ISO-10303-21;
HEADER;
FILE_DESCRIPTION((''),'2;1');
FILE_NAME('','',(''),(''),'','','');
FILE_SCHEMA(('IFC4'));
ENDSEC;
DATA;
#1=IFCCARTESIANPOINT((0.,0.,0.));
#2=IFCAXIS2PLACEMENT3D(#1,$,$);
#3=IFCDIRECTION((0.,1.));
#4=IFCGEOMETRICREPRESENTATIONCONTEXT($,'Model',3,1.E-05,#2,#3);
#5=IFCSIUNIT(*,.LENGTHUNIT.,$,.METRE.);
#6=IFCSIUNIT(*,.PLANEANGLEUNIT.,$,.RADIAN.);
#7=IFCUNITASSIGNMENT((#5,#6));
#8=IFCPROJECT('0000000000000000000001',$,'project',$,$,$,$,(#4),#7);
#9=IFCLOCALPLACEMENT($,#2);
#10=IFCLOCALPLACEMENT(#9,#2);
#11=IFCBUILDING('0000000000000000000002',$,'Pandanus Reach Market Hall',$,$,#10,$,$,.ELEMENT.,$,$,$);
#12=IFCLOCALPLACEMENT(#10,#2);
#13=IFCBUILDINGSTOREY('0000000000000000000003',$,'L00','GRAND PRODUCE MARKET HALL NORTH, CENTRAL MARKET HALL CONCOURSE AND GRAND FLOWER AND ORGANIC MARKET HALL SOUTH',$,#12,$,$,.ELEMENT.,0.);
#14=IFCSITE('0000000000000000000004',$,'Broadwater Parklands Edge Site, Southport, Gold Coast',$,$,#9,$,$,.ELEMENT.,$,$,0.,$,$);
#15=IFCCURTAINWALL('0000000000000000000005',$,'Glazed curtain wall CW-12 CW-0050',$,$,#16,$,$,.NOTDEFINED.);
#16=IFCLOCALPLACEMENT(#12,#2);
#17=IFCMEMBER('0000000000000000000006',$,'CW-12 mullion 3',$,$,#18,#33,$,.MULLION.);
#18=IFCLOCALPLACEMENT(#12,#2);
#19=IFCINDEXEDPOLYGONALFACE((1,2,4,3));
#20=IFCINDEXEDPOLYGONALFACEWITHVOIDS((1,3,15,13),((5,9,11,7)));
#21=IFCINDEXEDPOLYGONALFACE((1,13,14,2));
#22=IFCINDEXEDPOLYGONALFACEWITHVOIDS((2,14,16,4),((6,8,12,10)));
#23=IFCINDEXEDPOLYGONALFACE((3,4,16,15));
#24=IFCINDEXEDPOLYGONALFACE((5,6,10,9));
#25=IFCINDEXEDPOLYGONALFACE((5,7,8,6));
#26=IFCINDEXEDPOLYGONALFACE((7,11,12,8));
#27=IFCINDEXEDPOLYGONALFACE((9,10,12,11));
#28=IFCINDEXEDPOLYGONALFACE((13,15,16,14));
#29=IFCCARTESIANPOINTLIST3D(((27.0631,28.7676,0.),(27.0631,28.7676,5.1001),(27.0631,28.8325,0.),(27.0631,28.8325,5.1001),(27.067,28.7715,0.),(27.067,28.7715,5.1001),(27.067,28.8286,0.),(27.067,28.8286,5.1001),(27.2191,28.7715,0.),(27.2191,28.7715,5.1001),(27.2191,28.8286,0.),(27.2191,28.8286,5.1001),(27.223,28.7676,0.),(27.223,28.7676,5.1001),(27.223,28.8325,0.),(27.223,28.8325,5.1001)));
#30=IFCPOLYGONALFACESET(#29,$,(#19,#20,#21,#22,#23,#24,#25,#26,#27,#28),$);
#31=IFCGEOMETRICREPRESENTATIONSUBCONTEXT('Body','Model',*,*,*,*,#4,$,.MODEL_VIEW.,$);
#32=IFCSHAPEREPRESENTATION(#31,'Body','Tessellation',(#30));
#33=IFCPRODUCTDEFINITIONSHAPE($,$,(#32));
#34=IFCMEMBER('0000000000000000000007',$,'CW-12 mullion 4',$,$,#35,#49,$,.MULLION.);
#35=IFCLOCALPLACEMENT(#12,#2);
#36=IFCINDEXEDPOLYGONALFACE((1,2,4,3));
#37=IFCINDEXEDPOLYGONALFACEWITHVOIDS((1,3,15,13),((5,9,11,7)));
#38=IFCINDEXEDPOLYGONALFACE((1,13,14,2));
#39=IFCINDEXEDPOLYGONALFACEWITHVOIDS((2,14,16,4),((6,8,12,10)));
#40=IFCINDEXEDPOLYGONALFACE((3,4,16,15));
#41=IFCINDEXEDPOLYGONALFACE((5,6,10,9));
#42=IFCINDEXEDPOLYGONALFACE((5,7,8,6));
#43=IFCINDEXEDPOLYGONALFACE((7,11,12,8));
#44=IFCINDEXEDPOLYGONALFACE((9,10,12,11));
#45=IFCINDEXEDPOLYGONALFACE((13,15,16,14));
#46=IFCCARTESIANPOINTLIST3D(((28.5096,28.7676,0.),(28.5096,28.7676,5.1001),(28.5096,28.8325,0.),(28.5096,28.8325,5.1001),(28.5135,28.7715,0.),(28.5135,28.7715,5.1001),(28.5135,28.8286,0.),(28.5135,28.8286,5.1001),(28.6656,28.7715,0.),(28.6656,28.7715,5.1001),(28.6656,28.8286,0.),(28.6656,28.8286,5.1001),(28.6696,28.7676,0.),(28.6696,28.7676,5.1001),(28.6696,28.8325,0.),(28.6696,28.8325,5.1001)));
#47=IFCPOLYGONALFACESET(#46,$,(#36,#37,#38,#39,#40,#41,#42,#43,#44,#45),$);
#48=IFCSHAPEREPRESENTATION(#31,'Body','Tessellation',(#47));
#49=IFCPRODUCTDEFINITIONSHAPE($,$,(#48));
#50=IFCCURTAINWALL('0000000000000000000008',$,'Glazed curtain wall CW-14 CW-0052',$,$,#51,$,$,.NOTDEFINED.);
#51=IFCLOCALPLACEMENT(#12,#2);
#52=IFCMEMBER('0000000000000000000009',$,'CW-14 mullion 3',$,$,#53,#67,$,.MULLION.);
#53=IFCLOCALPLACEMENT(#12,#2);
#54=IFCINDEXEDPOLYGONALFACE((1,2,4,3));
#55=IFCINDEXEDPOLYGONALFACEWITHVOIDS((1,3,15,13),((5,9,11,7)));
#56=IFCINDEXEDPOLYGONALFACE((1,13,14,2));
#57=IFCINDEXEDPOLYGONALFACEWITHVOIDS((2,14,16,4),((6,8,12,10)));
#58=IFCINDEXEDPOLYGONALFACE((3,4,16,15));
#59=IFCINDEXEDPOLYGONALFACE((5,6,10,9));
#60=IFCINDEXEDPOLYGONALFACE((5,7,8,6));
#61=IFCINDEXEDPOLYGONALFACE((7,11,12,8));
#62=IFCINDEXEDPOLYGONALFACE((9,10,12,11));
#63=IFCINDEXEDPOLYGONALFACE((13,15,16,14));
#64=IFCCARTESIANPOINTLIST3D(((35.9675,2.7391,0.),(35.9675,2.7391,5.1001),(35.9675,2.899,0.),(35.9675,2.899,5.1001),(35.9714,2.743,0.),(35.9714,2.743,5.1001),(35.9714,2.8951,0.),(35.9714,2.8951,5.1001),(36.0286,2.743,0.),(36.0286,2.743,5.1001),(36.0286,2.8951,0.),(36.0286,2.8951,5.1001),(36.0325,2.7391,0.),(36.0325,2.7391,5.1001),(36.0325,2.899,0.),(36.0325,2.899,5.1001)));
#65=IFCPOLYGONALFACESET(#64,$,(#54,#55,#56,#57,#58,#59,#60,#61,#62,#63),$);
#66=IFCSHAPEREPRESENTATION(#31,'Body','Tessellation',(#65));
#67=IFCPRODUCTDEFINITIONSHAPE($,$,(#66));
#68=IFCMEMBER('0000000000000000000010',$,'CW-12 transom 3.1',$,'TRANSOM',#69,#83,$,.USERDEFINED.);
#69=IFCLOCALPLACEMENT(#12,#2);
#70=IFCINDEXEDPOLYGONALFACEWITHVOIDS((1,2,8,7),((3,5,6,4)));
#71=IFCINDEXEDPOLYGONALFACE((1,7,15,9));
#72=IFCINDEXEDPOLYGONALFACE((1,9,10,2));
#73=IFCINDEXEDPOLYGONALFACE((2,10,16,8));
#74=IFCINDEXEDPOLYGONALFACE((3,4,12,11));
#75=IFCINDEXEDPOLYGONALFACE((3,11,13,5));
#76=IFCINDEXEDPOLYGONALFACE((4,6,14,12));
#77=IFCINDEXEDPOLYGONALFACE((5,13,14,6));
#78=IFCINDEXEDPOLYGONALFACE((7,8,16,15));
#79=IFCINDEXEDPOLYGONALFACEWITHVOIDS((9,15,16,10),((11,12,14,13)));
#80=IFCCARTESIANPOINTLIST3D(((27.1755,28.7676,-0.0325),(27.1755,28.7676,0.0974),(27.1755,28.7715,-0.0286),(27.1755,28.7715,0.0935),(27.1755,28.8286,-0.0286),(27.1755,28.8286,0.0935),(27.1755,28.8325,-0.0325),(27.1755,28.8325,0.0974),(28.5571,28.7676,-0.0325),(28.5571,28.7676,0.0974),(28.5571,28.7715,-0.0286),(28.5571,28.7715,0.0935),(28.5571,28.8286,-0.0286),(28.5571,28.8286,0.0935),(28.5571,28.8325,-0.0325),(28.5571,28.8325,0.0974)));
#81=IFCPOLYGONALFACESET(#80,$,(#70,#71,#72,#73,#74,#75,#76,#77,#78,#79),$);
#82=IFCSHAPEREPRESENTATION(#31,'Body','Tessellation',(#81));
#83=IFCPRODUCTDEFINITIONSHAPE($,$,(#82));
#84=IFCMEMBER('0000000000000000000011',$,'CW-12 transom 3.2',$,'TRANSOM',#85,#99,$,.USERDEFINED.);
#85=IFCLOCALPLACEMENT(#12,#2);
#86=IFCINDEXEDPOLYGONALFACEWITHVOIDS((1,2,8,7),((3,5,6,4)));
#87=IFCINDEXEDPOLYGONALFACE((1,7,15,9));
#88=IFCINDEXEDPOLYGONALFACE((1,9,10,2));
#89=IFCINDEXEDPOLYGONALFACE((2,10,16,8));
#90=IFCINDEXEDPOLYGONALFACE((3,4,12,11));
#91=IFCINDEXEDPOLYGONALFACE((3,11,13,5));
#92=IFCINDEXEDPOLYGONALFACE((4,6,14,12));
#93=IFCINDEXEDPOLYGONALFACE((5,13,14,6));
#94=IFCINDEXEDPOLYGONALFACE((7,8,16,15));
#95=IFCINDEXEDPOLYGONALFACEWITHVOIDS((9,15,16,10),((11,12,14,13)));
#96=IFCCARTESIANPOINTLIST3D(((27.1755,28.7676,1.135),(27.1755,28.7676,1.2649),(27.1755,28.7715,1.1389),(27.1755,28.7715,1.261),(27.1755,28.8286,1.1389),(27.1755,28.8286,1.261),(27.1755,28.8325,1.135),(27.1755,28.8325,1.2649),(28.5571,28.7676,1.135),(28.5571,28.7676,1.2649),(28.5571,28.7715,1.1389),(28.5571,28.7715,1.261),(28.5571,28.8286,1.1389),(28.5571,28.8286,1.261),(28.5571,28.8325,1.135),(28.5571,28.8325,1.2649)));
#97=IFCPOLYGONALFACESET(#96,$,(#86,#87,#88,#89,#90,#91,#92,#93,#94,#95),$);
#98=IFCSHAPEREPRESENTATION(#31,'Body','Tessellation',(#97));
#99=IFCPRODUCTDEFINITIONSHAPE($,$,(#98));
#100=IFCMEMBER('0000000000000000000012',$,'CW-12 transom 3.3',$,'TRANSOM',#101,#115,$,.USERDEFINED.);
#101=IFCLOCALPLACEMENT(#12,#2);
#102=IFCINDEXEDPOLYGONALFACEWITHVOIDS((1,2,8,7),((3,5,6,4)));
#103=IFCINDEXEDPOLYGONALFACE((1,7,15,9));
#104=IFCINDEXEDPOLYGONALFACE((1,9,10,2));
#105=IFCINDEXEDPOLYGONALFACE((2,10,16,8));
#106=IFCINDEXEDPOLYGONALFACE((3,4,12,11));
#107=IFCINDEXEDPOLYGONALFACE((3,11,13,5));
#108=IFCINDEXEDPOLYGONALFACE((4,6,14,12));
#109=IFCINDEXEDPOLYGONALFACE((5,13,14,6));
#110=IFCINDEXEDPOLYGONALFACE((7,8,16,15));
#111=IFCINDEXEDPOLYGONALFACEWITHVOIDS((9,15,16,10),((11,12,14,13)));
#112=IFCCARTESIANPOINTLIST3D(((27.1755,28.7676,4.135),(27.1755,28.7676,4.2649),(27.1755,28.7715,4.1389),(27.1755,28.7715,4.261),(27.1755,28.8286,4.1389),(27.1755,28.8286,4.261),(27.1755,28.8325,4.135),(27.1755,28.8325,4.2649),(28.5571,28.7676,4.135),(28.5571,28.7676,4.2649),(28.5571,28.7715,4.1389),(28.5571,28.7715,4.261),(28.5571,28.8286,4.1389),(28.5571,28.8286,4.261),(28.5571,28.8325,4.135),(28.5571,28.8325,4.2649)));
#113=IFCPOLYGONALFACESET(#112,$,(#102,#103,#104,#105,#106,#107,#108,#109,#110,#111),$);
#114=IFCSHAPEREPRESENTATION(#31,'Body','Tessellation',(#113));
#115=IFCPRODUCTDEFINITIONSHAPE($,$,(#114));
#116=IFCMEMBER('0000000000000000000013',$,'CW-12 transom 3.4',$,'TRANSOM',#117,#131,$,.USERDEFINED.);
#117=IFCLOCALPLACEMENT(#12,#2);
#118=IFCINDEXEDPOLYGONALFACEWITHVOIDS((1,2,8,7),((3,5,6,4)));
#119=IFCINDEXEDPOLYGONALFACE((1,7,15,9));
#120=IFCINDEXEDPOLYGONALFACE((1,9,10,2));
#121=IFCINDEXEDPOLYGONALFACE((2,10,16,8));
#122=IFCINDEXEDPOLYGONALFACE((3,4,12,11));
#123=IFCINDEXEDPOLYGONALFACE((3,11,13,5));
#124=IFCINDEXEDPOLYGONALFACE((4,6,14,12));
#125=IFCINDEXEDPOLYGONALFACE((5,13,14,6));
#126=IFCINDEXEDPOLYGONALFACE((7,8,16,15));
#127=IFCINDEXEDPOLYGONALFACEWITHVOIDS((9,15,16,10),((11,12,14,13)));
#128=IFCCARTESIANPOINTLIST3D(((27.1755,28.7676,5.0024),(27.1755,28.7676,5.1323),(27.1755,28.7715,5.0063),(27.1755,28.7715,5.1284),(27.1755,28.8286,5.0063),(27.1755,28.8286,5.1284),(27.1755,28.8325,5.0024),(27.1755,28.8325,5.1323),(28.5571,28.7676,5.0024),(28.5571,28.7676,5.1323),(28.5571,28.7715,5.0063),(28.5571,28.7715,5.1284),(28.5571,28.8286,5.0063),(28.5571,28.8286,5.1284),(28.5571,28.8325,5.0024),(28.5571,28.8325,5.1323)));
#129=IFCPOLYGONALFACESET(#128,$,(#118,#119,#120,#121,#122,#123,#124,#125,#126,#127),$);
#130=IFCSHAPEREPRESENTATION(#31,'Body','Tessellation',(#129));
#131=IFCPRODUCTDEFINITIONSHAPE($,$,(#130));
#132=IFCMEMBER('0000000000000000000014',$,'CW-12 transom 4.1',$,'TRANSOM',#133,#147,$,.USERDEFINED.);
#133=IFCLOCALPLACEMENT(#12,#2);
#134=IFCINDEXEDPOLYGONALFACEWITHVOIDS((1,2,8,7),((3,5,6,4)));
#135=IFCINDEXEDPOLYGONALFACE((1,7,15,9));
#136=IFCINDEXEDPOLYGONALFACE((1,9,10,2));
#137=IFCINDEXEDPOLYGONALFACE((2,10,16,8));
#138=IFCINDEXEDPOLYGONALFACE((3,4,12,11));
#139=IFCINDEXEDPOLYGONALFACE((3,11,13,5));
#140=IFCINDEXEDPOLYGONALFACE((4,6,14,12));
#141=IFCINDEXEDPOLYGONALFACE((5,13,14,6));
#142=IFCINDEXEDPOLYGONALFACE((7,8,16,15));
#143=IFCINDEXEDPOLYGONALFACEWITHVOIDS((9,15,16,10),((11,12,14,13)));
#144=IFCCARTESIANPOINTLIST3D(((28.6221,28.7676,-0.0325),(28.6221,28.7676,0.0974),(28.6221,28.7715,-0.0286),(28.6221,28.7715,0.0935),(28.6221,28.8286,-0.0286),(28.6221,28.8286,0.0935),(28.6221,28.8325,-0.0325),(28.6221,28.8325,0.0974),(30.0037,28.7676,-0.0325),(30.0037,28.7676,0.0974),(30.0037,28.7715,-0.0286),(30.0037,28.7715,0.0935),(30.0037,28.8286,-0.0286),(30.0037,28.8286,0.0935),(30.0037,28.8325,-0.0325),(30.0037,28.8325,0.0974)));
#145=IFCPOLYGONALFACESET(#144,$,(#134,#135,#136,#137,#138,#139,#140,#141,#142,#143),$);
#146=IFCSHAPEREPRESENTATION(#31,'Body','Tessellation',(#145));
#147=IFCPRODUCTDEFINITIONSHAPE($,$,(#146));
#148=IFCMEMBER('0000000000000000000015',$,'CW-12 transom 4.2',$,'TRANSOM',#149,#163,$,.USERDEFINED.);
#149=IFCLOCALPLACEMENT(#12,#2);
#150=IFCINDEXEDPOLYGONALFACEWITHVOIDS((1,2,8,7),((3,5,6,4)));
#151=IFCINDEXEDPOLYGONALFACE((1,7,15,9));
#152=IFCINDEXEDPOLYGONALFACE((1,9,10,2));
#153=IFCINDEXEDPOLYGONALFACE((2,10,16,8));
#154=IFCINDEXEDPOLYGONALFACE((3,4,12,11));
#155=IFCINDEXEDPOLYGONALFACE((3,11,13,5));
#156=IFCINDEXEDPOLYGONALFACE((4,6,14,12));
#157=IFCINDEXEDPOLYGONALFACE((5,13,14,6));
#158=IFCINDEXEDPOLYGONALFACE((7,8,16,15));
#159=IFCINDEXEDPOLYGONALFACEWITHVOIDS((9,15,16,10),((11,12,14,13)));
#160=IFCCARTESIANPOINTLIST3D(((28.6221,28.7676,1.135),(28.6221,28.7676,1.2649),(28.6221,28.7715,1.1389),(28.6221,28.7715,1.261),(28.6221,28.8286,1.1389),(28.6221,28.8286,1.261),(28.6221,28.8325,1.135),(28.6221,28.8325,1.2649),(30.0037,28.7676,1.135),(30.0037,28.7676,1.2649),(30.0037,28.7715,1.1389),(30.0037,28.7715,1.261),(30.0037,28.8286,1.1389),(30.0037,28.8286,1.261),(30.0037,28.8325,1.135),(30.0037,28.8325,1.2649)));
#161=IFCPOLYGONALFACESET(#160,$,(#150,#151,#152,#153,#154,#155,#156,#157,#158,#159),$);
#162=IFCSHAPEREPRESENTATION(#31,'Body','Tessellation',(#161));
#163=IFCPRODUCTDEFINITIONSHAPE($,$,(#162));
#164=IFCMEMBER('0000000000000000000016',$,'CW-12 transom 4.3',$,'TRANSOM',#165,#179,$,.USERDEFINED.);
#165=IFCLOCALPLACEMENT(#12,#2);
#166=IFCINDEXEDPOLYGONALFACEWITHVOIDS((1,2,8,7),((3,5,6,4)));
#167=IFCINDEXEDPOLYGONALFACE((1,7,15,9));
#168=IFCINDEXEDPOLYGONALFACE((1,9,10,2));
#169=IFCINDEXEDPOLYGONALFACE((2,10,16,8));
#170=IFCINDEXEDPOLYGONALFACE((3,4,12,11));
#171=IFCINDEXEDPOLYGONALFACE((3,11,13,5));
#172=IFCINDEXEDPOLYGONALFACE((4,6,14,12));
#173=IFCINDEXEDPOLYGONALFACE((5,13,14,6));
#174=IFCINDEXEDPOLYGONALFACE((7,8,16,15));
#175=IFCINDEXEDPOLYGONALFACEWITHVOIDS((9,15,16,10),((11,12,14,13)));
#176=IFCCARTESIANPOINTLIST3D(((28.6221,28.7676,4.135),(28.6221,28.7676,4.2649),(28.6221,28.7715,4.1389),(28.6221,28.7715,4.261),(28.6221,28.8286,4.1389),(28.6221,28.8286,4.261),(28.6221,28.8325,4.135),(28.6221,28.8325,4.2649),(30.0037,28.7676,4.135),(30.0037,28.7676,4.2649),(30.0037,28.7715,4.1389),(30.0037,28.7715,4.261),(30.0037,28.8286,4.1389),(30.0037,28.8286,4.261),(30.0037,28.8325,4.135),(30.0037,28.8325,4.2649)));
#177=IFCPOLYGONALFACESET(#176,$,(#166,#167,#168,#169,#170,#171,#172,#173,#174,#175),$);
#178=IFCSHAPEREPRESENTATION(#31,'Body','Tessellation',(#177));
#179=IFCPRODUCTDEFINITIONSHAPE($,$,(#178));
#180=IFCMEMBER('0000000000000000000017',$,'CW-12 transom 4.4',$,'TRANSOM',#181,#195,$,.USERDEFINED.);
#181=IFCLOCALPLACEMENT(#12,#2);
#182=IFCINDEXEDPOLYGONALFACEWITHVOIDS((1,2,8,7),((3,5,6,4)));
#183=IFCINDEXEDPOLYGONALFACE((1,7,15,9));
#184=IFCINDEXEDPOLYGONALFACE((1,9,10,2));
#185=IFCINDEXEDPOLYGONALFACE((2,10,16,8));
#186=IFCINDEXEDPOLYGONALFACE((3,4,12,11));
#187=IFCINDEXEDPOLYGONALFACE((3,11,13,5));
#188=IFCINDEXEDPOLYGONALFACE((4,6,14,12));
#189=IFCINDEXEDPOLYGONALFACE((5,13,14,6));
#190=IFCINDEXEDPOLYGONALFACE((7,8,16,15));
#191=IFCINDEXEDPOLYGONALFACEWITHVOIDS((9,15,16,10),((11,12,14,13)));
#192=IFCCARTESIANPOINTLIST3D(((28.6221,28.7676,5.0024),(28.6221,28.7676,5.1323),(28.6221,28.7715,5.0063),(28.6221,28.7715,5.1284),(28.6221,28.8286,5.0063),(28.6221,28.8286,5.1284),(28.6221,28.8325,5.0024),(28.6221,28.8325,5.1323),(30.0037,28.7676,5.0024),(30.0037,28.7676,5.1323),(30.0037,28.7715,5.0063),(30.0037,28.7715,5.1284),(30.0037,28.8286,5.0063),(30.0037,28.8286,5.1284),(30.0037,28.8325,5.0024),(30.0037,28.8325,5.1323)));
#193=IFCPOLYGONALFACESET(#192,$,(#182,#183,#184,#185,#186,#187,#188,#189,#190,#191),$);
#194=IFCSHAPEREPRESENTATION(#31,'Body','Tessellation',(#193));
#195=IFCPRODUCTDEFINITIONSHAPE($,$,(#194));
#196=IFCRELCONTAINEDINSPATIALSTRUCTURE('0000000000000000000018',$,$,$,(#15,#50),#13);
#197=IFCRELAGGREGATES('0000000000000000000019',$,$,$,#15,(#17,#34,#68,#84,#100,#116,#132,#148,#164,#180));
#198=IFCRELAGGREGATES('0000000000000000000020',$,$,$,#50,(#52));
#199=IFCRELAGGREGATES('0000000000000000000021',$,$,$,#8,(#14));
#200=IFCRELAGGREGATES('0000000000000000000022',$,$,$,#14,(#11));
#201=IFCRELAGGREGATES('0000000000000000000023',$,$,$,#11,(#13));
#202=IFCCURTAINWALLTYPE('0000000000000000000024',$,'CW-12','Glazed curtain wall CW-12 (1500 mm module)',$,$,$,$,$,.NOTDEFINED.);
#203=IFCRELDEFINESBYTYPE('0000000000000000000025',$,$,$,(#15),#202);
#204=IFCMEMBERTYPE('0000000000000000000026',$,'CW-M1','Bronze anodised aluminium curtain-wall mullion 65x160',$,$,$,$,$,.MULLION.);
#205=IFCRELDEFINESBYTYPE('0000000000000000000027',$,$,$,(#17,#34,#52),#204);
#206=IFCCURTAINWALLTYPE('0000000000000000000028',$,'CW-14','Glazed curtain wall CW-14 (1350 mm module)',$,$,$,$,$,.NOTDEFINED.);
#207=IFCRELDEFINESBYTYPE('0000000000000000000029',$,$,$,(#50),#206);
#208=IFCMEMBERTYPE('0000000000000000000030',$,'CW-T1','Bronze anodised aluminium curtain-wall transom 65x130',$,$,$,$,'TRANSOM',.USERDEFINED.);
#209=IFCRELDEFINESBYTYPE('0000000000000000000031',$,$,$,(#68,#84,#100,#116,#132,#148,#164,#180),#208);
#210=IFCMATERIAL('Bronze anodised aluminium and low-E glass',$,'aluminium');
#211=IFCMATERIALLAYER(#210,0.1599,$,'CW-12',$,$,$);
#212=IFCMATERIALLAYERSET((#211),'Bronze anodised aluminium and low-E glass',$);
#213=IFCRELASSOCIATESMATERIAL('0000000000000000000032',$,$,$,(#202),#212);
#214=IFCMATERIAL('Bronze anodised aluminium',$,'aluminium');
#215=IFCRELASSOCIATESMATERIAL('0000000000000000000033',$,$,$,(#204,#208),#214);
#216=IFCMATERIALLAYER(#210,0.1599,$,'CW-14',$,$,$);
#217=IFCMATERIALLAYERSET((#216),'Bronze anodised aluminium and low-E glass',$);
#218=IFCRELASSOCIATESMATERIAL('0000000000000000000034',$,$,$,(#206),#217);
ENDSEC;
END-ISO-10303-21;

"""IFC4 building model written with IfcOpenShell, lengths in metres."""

from ifc_helpers import new_model, si_unit, direction, frame, origin, origin_2d, place, context, subcontext, project, spatial, hollow_rectangle, extrude, material, layer, layer_set, material_profile, profile_set, type_object, element, aggregate, save


model = new_model("IFC4")

# Units and contexts
model_context = context("Model", 3, precision=1e-05, world=origin(), true_north=direction((0.0, 1.0)))
body_context = subcontext(model_context, "Body", "Model", "MODEL_VIEW")
ifc_project = project(units=[si_unit("LENGTHUNIT", "METRE"), si_unit("PLANEANGLEUNIT", "RADIAN")], contexts=[model_context])

# Site, building, storey
site_placement = place(None, origin())
site = spatial("IfcSite", under=ifc_project, at=site_placement, Name="Broadwater Parklands Edge Site, Southport, Gold Coast", CompositionType="ELEMENT", RefElevation=0.0)
building_placement = place(site_placement, origin())
building = spatial("IfcBuilding", under=site, at=building_placement, Name="Pandanus Reach Market Hall", CompositionType="ELEMENT")
storey_placement = place(building_placement, origin())
storey = spatial("IfcBuildingStorey", under=building, at=storey_placement, Name="L00", Description="GRAND PRODUCE MARKET HALL NORTH, CENTRAL MARKET HALL CONCOURSE AND GRAND FLOWER AND ORGANIC MARKET HALL SOUTH", CompositionType="ELEMENT", Elevation=0.0)

# Curtain wall, members
ifc_material_1 = material(Name="Bronze anodised aluminium and low-E glass", Category="aluminium")
ifc_layer_1 = layer(ifc_material_1, 0.1599, Name="CW-12")
ifc_layer_set_1 = layer_set([ifc_layer_1], Name="Bronze anodised aluminium and low-E glass")
curtain_wall_type_1 = type_object("IfcCurtainWallType", Name="CW-12", Description="Glazed curtain wall CW-12 (1500 mm module)", PredefinedType="NOTDEFINED", material=ifc_layer_set_1)
curtain_wall_1_placement = place(storey_placement, origin())
curtain_wall_1 = element("IfcCurtainWall", 1, at=curtain_wall_1_placement, inside=storey, type_object=curtain_wall_type_1, Name="Glazed curtain wall CW-12 CW-0050", PredefinedType="NOTDEFINED")
ifc_material_2 = material(Name="Bronze anodised aluminium", Category="aluminium")
ifc_material_profile_1 = material_profile(ifc_material_2, hollow_rectangle(XDim=0.0649, YDim=0.1599, WallThickness=0.0039, at=origin_2d()), Name="ALU65x160", Category="LoadBearing")
ifc_profile_set_1 = profile_set([ifc_material_profile_1], Name="Bronze anodised aluminium")
member_type_1 = type_object("IfcMemberType", Name="CW-M1", Description="Bronze anodised aluminium curtain-wall mullion 65x160", PredefinedType="MULLION", material=ifc_profile_set_1)
member_1_placement = place(storey_placement, frame((27.1431, 28.8, 0.0), z_axis=(0.0, 0.0, 1.0), x_axis=(0.0, 1.0, 0.0)))
member_1 = element("IfcMember", 2, at=member_1_placement, type_object=member_type_1, Name="CW-12 mullion 3", PredefinedType="MULLION", context=body_context, shape_type="SweptSolid", body=[
    extrude(hollow_rectangle(XDim=0.0649, YDim=0.1599, WallThickness=0.0039, at=origin_2d()), origin(), (0.0, 0.0, 1.0), 5.1001),
])
member_2_placement = place(storey_placement, frame((28.5896, 28.8, 0.0), z_axis=(0.0, 0.0, 1.0), x_axis=(0.0, 1.0, 0.0)))
member_2 = element("IfcMember", 3, at=member_2_placement, type_object=member_type_1, Name="CW-12 mullion 4", PredefinedType="MULLION", context=body_context, shape_type="SweptSolid", body=[
    extrude(hollow_rectangle(XDim=0.0649, YDim=0.1599, WallThickness=0.0039, at=origin_2d()), origin(), (0.0, 0.0, 1.0), 5.1001),
])

# Curtain wall, member
ifc_layer_2 = layer(ifc_material_1, 0.1599, Name="CW-14")
ifc_layer_set_2 = layer_set([ifc_layer_2], Name="Bronze anodised aluminium and low-E glass")
curtain_wall_type_2 = type_object("IfcCurtainWallType", Name="CW-14", Description="Glazed curtain wall CW-14 (1350 mm module)", PredefinedType="NOTDEFINED", material=ifc_layer_set_2)
curtain_wall_2_placement = place(storey_placement, origin())
curtain_wall_2 = element("IfcCurtainWall", 4, at=curtain_wall_2_placement, inside=storey, type_object=curtain_wall_type_2, Name="Glazed curtain wall CW-14 CW-0052", PredefinedType="NOTDEFINED")
member_3_placement = place(storey_placement, frame((36.0, 2.8191, 0.0), z_axis=(0.0, 0.0, 1.0), x_axis=(-1.0, 0.0, 0.0)))
member_3 = element("IfcMember", 5, at=member_3_placement, type_object=member_type_1, Name="CW-14 mullion 3", PredefinedType="MULLION", context=body_context, shape_type="SweptSolid", body=[
    extrude(hollow_rectangle(XDim=0.0649, YDim=0.1599, WallThickness=0.0039, at=origin_2d()), origin(), (0.0, 0.0, 1.0), 5.1001),
])

# Members
ifc_material_profile_2 = material_profile(ifc_material_2, hollow_rectangle(XDim=0.0649, YDim=0.1299, WallThickness=0.0039, at=origin_2d()), Name="ALU65x130", Category="LoadBearing")
ifc_profile_set_2 = profile_set([ifc_material_profile_2], Name="Bronze anodised aluminium")
member_type_2 = type_object("IfcMemberType", Name="CW-T1", Description="Bronze anodised aluminium curtain-wall transom 65x130", ElementType="TRANSOM", PredefinedType="USERDEFINED", material=ifc_profile_set_2)
member_4_placement = place(storey_placement, frame((27.1755, 28.8, 0.0325), z_axis=(1.0, 0.0, 0.0), x_axis=(0.0, 1.0, 0.0)))
member_4 = element("IfcMember", 6, at=member_4_placement, type_object=member_type_2, Name="CW-12 transom 3.1", ObjectType="TRANSOM", PredefinedType="USERDEFINED", context=body_context, shape_type="SweptSolid", body=[
    extrude(hollow_rectangle(XDim=0.0649, YDim=0.1299, WallThickness=0.0039, at=origin_2d()), origin(), (0.0, 0.0, 1.0), 1.3816),
])
member_5_placement = place(storey_placement, frame((27.1755, 28.8, 1.2), z_axis=(1.0, 0.0, 0.0), x_axis=(0.0, 1.0, 0.0)))
member_5 = element("IfcMember", 7, at=member_5_placement, type_object=member_type_2, Name="CW-12 transom 3.2", ObjectType="TRANSOM", PredefinedType="USERDEFINED", context=body_context, shape_type="SweptSolid", body=[
    extrude(hollow_rectangle(XDim=0.0649, YDim=0.1299, WallThickness=0.0039, at=origin_2d()), origin(), (0.0, 0.0, 1.0), 1.3816),
])
member_6_placement = place(storey_placement, frame((27.1755, 28.8, 4.2), z_axis=(1.0, 0.0, 0.0), x_axis=(0.0, 1.0, 0.0)))
member_6 = element("IfcMember", 8, at=member_6_placement, type_object=member_type_2, Name="CW-12 transom 3.3", ObjectType="TRANSOM", PredefinedType="USERDEFINED", context=body_context, shape_type="SweptSolid", body=[
    extrude(hollow_rectangle(XDim=0.0649, YDim=0.1299, WallThickness=0.0039, at=origin_2d()), origin(), (0.0, 0.0, 1.0), 1.3816),
])
member_7_placement = place(storey_placement, frame((27.1755, 28.8, 5.0674), z_axis=(1.0, 0.0, 0.0), x_axis=(0.0, 1.0, 0.0)))
member_7 = element("IfcMember", 9, at=member_7_placement, type_object=member_type_2, Name="CW-12 transom 3.4", ObjectType="TRANSOM", PredefinedType="USERDEFINED", context=body_context, shape_type="SweptSolid", body=[
    extrude(hollow_rectangle(XDim=0.0649, YDim=0.1299, WallThickness=0.0039, at=origin_2d()), origin(), (0.0, 0.0, 1.0), 1.3816),
])
member_8_placement = place(storey_placement, frame((28.6221, 28.8, 0.0325), z_axis=(1.0, 0.0, 0.0), x_axis=(0.0, 1.0, 0.0)))
member_8 = element("IfcMember", 10, at=member_8_placement, type_object=member_type_2, Name="CW-12 transom 4.1", ObjectType="TRANSOM", PredefinedType="USERDEFINED", context=body_context, shape_type="SweptSolid", body=[
    extrude(hollow_rectangle(XDim=0.0649, YDim=0.1299, WallThickness=0.0039, at=origin_2d()), origin(), (0.0, 0.0, 1.0), 1.3816),
])
member_9_placement = place(storey_placement, frame((28.6221, 28.8, 1.2), z_axis=(1.0, 0.0, 0.0), x_axis=(0.0, 1.0, 0.0)))
member_9 = element("IfcMember", 11, at=member_9_placement, type_object=member_type_2, Name="CW-12 transom 4.2", ObjectType="TRANSOM", PredefinedType="USERDEFINED", context=body_context, shape_type="SweptSolid", body=[
    extrude(hollow_rectangle(XDim=0.0649, YDim=0.1299, WallThickness=0.0039, at=origin_2d()), origin(), (0.0, 0.0, 1.0), 1.3816),
])
member_10_placement = place(storey_placement, frame((28.6221, 28.8, 4.2), z_axis=(1.0, 0.0, 0.0), x_axis=(0.0, 1.0, 0.0)))
member_10 = element("IfcMember", 12, at=member_10_placement, type_object=member_type_2, Name="CW-12 transom 4.3", ObjectType="TRANSOM", PredefinedType="USERDEFINED", context=body_context, shape_type="SweptSolid", body=[
    extrude(hollow_rectangle(XDim=0.0649, YDim=0.1299, WallThickness=0.0039, at=origin_2d()), origin(), (0.0, 0.0, 1.0), 1.3816),
])
member_11_placement = place(storey_placement, frame((28.6221, 28.8, 5.0674), z_axis=(1.0, 0.0, 0.0), x_axis=(0.0, 1.0, 0.0)))
member_11 = element("IfcMember", 13, at=member_11_placement, type_object=member_type_2, Name="CW-12 transom 4.4", ObjectType="TRANSOM", PredefinedType="USERDEFINED", context=body_context, shape_type="SweptSolid", body=[
    extrude(hollow_rectangle(XDim=0.0649, YDim=0.1299, WallThickness=0.0039, at=origin_2d()), origin(), (0.0, 0.0, 1.0), 1.3816),
])

aggregate(curtain_wall_1, [member_1, member_2, member_4, member_5, member_6, member_7, member_8, member_9, member_10, member_11])
aggregate(curtain_wall_2, [member_3])

save(model, "model.ifc")
